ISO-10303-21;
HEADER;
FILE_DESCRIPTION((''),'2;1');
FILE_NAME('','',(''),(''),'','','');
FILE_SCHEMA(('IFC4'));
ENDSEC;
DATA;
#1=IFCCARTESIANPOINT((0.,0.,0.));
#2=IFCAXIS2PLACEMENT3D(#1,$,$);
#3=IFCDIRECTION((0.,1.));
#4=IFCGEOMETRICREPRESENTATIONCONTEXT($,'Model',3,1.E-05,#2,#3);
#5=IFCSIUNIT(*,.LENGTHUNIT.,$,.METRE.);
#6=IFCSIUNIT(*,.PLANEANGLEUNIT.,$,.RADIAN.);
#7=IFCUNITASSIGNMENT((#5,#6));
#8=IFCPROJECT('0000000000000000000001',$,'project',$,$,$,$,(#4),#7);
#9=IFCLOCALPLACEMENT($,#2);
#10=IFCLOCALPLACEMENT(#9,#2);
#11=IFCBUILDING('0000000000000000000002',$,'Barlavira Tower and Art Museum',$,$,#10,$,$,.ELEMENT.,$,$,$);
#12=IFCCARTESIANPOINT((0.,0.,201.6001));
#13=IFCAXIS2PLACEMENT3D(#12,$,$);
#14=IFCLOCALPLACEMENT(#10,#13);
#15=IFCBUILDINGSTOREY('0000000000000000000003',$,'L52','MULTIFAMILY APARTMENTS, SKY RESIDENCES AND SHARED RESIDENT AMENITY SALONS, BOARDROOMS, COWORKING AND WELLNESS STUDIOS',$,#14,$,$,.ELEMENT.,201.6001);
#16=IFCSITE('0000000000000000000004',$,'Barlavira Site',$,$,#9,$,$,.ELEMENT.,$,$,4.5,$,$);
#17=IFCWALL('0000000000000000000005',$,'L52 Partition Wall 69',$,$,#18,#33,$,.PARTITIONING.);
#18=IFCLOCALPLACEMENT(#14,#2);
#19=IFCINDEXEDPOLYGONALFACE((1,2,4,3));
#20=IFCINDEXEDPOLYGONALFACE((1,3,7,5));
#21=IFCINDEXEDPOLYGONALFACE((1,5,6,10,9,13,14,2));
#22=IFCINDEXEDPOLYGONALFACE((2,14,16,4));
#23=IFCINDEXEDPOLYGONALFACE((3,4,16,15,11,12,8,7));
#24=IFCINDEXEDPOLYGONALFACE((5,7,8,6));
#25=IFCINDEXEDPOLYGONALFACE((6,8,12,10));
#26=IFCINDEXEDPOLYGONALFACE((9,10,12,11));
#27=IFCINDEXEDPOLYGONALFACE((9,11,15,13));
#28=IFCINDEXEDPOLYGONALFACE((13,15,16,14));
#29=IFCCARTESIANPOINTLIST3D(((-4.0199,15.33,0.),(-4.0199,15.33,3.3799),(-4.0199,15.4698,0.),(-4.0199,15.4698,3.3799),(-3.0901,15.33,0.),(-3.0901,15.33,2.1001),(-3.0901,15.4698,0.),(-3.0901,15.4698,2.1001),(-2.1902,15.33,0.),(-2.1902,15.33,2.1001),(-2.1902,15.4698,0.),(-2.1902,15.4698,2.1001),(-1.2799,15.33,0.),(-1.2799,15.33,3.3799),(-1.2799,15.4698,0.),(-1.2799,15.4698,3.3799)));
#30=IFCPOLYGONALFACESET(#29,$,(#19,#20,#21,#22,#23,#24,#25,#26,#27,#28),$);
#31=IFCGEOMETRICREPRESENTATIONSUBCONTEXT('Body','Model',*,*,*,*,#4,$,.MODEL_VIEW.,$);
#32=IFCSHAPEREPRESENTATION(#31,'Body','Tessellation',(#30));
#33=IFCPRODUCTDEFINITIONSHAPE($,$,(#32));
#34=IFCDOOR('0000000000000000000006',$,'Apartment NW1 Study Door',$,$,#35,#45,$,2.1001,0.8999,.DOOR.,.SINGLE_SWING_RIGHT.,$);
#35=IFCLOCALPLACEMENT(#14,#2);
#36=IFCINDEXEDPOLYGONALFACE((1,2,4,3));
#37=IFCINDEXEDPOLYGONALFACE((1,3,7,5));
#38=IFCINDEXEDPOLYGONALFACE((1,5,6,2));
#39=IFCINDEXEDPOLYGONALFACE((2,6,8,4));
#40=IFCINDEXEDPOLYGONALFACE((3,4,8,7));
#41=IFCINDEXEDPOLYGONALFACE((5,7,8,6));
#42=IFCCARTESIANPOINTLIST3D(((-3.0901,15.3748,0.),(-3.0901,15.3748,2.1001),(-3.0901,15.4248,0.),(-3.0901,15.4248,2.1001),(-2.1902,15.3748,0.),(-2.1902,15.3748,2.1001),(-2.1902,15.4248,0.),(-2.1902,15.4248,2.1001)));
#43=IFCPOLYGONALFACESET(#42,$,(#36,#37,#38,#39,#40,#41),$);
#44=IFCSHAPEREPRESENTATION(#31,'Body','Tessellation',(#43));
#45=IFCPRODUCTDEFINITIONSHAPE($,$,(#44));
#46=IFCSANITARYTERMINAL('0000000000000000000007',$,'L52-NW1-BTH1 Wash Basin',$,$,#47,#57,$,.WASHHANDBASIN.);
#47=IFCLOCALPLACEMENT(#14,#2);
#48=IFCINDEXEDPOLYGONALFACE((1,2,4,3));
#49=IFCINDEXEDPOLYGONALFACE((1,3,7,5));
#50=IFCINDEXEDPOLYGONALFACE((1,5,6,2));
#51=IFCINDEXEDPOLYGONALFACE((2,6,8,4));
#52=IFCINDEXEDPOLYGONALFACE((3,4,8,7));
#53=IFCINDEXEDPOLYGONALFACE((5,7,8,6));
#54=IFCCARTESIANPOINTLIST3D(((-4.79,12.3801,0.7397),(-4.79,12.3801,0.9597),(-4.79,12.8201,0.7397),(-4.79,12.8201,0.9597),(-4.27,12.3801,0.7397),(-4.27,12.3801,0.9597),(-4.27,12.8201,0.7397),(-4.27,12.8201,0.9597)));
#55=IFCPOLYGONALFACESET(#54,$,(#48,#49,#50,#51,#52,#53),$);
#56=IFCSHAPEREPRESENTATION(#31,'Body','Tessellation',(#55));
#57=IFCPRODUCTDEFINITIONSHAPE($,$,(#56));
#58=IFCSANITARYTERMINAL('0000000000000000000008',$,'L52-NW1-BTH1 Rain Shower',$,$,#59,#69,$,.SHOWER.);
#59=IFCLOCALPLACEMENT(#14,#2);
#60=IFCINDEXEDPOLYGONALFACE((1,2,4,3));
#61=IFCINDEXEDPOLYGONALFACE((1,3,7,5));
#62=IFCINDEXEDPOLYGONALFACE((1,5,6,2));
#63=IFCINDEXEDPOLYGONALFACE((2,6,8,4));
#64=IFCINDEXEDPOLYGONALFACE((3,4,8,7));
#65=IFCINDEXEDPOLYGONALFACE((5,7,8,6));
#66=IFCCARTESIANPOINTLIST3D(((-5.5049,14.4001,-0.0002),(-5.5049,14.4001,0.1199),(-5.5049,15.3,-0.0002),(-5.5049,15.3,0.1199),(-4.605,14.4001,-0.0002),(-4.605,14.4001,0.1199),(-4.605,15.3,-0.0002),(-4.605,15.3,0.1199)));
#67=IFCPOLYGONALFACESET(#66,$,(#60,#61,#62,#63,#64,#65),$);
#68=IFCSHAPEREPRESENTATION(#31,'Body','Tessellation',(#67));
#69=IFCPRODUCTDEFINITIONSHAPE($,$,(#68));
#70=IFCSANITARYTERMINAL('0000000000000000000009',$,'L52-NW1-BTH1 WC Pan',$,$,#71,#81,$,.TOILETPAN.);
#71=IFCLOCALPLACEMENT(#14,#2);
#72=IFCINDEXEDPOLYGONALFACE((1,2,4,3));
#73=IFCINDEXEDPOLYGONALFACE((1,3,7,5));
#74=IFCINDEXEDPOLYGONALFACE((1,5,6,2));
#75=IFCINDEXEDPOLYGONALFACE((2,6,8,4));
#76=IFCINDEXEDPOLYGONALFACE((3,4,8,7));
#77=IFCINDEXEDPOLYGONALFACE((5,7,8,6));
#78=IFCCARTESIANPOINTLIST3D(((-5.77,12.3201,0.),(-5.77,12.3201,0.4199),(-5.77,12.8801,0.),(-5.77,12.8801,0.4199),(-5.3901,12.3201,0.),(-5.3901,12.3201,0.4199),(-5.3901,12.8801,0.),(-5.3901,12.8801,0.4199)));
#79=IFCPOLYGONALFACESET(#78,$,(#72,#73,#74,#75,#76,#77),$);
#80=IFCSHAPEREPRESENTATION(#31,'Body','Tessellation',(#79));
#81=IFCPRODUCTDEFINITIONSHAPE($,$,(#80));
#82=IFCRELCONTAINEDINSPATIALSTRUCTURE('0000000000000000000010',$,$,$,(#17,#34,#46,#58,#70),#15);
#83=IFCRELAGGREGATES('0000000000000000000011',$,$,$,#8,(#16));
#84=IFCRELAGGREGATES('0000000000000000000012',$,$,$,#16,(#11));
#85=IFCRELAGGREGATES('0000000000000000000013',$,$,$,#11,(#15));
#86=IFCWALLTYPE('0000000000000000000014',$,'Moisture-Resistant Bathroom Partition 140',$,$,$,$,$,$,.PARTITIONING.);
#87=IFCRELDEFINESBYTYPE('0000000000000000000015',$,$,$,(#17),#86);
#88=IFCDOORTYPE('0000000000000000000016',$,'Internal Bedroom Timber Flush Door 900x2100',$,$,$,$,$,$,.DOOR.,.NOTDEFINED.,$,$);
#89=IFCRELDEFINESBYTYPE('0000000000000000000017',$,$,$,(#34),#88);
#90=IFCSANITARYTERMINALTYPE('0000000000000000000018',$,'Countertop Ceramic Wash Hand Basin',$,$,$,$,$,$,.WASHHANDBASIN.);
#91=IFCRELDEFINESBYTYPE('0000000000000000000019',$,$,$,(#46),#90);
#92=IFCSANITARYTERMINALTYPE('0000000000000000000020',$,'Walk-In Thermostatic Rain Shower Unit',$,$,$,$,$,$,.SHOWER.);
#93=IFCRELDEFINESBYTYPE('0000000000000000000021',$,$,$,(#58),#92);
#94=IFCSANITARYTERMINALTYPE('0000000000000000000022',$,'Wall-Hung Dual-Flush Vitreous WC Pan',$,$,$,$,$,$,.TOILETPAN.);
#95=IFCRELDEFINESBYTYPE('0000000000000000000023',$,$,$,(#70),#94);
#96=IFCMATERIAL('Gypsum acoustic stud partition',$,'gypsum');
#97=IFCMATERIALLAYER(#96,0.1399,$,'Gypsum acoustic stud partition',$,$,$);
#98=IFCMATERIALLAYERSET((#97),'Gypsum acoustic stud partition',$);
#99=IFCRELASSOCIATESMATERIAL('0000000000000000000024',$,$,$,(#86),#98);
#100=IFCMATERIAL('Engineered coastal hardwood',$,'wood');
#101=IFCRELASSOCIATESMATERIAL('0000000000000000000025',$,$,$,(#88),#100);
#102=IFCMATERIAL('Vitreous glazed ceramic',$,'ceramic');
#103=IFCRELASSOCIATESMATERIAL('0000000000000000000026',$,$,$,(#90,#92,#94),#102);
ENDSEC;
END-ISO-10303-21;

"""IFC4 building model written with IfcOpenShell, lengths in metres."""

from ifc_helpers import new_model, si_unit, direction, frame, frame_2d, origin, origin_2d, place, context, subcontext, project, spatial, rectangle, extrude, material, layer, layer_set, type_object, element, fill, save


model = new_model("IFC4")

# Units and contexts
model_context = context("Model", 3, precision=1e-05, world=origin(), true_north=direction((0.0, 1.0)))
body_context = subcontext(model_context, "Body", "Model", "MODEL_VIEW")
ifc_project = project(units=[si_unit("LENGTHUNIT", "METRE"), si_unit("PLANEANGLEUNIT", "RADIAN")], contexts=[model_context])

# Site, building, storey
site_placement = place(None, origin())
site = spatial("IfcSite", under=ifc_project, at=site_placement, Name="Barlavira Site", CompositionType="ELEMENT", RefElevation=4.5)
building_placement = place(site_placement, origin())
building = spatial("IfcBuilding", under=site, at=building_placement, Name="Barlavira Tower and Art Museum", CompositionType="ELEMENT")
storey_placement = place(building_placement, frame((0.0, 0.0, 201.6001)))
storey = spatial("IfcBuildingStorey", under=building, at=storey_placement, Name="L52", Description="MULTIFAMILY APARTMENTS, SKY RESIDENCES AND SHARED RESIDENT AMENITY SALONS, BOARDROOMS, COWORKING AND WELLNESS STUDIOS", CompositionType="ELEMENT", Elevation=201.6001)

# Shared definitions
ifc_material_1 = material(Name="Gypsum acoustic stud partition", Category="gypsum")

# Shared definitions
ifc_layer_1 = layer(ifc_material_1, 0.1399, Name="Gypsum acoustic stud partition")
ifc_layer_set_1 = layer_set([ifc_layer_1], Name="Gypsum acoustic stud partition")
wall_type_1 = type_object("IfcWallType", Name="Moisture-Resistant Bathroom Partition 140", PredefinedType="PARTITIONING", material=ifc_layer_set_1)
ifc_material_2 = material(Name="Engineered coastal hardwood", Category="wood")
door_type_1 = type_object("IfcDoorType", Name="Internal Bedroom Timber Flush Door 900x2100", OperationType="NOTDEFINED", PredefinedType="DOOR", material=ifc_material_2)

# Wall, opening, door
wall_1_placement = place(storey_placement, frame((-4.02, 15.3999, 0.0), z_axis=(0.0, 0.0, 1.0), x_axis=(1.0, 0.0, 0.0)))
wall_1 = element("IfcWall", 1, at=wall_1_placement, inside=storey, type_object=wall_type_1, Name="L52 Partition Wall 69", PredefinedType="PARTITIONING", context=body_context, shape_type="SweptSolid", body=[
    extrude(rectangle(XDim=2.74, YDim=0.1399, at=frame_2d((1.3701, 0.0))), origin(), (0.0, 0.0, 1.0), 3.3799),
])
opening_1_placement = place(wall_1_placement, frame((0.9299, 0.0, 0.0)))
opening_1 = element("IfcOpeningElement", 2, at=opening_1_placement, cuts=wall_1, PredefinedType="OPENING", context=body_context, shape_type="SweptSolid", body=[
    extrude(rectangle(XDim=0.8999, YDim=2.1001, at=frame_2d((0.45, 1.05))), frame((0.0, 0.0801, 0.0), z_axis=(0.0, -1.0, 0.0), x_axis=(1.0, 0.0, 0.0)), (0.0, 0.0, 1.0), 0.1599),
])
door_1_placement = place(opening_1_placement, origin())
door_1 = element("IfcDoor", 3, at=door_1_placement, inside=storey, type_object=door_type_1, Name="Apartment NW1 Study Door", OperationType="SINGLE_SWING_RIGHT", OverallHeight=2.1001, OverallWidth=0.8999, PredefinedType="DOOR", context=body_context, shape_type="SweptSolid", body=[
    extrude(rectangle(XDim=0.8999, YDim=2.1001, at=frame_2d((0.45, 1.05))), frame((0.0, 0.0249, 0.0), z_axis=(0.0, -1.0, 0.0), x_axis=(1.0, 0.0, 0.0)), (0.0, 0.0, 1.0), 0.05),
])
fill(opening_1, door_1)

# Sanitary terminals
ifc_material_3 = material(Name="Vitreous glazed ceramic", Category="ceramic")
sanitary_terminal_type_1 = type_object("IfcSanitaryTerminalType", Name="Countertop Ceramic Wash Hand Basin", PredefinedType="WASHHANDBASIN", material=ifc_material_3)
sanitary_terminal_1_placement = place(storey_placement, frame((-4.53, 12.6001, 0.7397), z_axis=(0.0, 0.0, 1.0), x_axis=(1.0, 0.0, 0.0)))
element("IfcSanitaryTerminal", 4, at=sanitary_terminal_1_placement, inside=storey, type_object=sanitary_terminal_type_1, Name="L52-NW1-BTH1 Wash Basin", PredefinedType="WASHHANDBASIN", context=body_context, shape_type="SweptSolid", body=[
    extrude(rectangle(XDim=0.52, YDim=0.4399, at=origin_2d()), origin(), (0.0, 0.0, 1.0), 0.22),
])
sanitary_terminal_type_2 = type_object("IfcSanitaryTerminalType", Name="Walk-In Thermostatic Rain Shower Unit", PredefinedType="SHOWER", material=ifc_material_3)
sanitary_terminal_2_placement = place(storey_placement, frame((-5.0549, 14.8501, -0.0002), z_axis=(0.0, 0.0, 1.0), x_axis=(1.0, 0.0, 0.0)))
element("IfcSanitaryTerminal", 5, at=sanitary_terminal_2_placement, inside=storey, type_object=sanitary_terminal_type_2, Name="L52-NW1-BTH1 Rain Shower", PredefinedType="SHOWER", context=body_context, shape_type="SweptSolid", body=[
    extrude(rectangle(XDim=0.8999, YDim=0.8999, at=origin_2d()), origin(), (0.0, 0.0, 1.0), 0.1201),
])
sanitary_terminal_type_3 = type_object("IfcSanitaryTerminalType", Name="Wall-Hung Dual-Flush Vitreous WC Pan", PredefinedType="TOILETPAN", material=ifc_material_3)
sanitary_terminal_3_placement = place(storey_placement, frame((-5.5801, 12.6001, 0.0), z_axis=(0.0, 0.0, 1.0), x_axis=(1.0, 0.0, 0.0)))
element("IfcSanitaryTerminal", 6, at=sanitary_terminal_3_placement, inside=storey, type_object=sanitary_terminal_type_3, Name="L52-NW1-BTH1 WC Pan", PredefinedType="TOILETPAN", context=body_context, shape_type="SweptSolid", body=[
    extrude(rectangle(XDim=0.3799, YDim=0.5601, at=origin_2d()), origin(), (0.0, 0.0, 1.0), 0.4199),
])

save(model, "model.ifc")
